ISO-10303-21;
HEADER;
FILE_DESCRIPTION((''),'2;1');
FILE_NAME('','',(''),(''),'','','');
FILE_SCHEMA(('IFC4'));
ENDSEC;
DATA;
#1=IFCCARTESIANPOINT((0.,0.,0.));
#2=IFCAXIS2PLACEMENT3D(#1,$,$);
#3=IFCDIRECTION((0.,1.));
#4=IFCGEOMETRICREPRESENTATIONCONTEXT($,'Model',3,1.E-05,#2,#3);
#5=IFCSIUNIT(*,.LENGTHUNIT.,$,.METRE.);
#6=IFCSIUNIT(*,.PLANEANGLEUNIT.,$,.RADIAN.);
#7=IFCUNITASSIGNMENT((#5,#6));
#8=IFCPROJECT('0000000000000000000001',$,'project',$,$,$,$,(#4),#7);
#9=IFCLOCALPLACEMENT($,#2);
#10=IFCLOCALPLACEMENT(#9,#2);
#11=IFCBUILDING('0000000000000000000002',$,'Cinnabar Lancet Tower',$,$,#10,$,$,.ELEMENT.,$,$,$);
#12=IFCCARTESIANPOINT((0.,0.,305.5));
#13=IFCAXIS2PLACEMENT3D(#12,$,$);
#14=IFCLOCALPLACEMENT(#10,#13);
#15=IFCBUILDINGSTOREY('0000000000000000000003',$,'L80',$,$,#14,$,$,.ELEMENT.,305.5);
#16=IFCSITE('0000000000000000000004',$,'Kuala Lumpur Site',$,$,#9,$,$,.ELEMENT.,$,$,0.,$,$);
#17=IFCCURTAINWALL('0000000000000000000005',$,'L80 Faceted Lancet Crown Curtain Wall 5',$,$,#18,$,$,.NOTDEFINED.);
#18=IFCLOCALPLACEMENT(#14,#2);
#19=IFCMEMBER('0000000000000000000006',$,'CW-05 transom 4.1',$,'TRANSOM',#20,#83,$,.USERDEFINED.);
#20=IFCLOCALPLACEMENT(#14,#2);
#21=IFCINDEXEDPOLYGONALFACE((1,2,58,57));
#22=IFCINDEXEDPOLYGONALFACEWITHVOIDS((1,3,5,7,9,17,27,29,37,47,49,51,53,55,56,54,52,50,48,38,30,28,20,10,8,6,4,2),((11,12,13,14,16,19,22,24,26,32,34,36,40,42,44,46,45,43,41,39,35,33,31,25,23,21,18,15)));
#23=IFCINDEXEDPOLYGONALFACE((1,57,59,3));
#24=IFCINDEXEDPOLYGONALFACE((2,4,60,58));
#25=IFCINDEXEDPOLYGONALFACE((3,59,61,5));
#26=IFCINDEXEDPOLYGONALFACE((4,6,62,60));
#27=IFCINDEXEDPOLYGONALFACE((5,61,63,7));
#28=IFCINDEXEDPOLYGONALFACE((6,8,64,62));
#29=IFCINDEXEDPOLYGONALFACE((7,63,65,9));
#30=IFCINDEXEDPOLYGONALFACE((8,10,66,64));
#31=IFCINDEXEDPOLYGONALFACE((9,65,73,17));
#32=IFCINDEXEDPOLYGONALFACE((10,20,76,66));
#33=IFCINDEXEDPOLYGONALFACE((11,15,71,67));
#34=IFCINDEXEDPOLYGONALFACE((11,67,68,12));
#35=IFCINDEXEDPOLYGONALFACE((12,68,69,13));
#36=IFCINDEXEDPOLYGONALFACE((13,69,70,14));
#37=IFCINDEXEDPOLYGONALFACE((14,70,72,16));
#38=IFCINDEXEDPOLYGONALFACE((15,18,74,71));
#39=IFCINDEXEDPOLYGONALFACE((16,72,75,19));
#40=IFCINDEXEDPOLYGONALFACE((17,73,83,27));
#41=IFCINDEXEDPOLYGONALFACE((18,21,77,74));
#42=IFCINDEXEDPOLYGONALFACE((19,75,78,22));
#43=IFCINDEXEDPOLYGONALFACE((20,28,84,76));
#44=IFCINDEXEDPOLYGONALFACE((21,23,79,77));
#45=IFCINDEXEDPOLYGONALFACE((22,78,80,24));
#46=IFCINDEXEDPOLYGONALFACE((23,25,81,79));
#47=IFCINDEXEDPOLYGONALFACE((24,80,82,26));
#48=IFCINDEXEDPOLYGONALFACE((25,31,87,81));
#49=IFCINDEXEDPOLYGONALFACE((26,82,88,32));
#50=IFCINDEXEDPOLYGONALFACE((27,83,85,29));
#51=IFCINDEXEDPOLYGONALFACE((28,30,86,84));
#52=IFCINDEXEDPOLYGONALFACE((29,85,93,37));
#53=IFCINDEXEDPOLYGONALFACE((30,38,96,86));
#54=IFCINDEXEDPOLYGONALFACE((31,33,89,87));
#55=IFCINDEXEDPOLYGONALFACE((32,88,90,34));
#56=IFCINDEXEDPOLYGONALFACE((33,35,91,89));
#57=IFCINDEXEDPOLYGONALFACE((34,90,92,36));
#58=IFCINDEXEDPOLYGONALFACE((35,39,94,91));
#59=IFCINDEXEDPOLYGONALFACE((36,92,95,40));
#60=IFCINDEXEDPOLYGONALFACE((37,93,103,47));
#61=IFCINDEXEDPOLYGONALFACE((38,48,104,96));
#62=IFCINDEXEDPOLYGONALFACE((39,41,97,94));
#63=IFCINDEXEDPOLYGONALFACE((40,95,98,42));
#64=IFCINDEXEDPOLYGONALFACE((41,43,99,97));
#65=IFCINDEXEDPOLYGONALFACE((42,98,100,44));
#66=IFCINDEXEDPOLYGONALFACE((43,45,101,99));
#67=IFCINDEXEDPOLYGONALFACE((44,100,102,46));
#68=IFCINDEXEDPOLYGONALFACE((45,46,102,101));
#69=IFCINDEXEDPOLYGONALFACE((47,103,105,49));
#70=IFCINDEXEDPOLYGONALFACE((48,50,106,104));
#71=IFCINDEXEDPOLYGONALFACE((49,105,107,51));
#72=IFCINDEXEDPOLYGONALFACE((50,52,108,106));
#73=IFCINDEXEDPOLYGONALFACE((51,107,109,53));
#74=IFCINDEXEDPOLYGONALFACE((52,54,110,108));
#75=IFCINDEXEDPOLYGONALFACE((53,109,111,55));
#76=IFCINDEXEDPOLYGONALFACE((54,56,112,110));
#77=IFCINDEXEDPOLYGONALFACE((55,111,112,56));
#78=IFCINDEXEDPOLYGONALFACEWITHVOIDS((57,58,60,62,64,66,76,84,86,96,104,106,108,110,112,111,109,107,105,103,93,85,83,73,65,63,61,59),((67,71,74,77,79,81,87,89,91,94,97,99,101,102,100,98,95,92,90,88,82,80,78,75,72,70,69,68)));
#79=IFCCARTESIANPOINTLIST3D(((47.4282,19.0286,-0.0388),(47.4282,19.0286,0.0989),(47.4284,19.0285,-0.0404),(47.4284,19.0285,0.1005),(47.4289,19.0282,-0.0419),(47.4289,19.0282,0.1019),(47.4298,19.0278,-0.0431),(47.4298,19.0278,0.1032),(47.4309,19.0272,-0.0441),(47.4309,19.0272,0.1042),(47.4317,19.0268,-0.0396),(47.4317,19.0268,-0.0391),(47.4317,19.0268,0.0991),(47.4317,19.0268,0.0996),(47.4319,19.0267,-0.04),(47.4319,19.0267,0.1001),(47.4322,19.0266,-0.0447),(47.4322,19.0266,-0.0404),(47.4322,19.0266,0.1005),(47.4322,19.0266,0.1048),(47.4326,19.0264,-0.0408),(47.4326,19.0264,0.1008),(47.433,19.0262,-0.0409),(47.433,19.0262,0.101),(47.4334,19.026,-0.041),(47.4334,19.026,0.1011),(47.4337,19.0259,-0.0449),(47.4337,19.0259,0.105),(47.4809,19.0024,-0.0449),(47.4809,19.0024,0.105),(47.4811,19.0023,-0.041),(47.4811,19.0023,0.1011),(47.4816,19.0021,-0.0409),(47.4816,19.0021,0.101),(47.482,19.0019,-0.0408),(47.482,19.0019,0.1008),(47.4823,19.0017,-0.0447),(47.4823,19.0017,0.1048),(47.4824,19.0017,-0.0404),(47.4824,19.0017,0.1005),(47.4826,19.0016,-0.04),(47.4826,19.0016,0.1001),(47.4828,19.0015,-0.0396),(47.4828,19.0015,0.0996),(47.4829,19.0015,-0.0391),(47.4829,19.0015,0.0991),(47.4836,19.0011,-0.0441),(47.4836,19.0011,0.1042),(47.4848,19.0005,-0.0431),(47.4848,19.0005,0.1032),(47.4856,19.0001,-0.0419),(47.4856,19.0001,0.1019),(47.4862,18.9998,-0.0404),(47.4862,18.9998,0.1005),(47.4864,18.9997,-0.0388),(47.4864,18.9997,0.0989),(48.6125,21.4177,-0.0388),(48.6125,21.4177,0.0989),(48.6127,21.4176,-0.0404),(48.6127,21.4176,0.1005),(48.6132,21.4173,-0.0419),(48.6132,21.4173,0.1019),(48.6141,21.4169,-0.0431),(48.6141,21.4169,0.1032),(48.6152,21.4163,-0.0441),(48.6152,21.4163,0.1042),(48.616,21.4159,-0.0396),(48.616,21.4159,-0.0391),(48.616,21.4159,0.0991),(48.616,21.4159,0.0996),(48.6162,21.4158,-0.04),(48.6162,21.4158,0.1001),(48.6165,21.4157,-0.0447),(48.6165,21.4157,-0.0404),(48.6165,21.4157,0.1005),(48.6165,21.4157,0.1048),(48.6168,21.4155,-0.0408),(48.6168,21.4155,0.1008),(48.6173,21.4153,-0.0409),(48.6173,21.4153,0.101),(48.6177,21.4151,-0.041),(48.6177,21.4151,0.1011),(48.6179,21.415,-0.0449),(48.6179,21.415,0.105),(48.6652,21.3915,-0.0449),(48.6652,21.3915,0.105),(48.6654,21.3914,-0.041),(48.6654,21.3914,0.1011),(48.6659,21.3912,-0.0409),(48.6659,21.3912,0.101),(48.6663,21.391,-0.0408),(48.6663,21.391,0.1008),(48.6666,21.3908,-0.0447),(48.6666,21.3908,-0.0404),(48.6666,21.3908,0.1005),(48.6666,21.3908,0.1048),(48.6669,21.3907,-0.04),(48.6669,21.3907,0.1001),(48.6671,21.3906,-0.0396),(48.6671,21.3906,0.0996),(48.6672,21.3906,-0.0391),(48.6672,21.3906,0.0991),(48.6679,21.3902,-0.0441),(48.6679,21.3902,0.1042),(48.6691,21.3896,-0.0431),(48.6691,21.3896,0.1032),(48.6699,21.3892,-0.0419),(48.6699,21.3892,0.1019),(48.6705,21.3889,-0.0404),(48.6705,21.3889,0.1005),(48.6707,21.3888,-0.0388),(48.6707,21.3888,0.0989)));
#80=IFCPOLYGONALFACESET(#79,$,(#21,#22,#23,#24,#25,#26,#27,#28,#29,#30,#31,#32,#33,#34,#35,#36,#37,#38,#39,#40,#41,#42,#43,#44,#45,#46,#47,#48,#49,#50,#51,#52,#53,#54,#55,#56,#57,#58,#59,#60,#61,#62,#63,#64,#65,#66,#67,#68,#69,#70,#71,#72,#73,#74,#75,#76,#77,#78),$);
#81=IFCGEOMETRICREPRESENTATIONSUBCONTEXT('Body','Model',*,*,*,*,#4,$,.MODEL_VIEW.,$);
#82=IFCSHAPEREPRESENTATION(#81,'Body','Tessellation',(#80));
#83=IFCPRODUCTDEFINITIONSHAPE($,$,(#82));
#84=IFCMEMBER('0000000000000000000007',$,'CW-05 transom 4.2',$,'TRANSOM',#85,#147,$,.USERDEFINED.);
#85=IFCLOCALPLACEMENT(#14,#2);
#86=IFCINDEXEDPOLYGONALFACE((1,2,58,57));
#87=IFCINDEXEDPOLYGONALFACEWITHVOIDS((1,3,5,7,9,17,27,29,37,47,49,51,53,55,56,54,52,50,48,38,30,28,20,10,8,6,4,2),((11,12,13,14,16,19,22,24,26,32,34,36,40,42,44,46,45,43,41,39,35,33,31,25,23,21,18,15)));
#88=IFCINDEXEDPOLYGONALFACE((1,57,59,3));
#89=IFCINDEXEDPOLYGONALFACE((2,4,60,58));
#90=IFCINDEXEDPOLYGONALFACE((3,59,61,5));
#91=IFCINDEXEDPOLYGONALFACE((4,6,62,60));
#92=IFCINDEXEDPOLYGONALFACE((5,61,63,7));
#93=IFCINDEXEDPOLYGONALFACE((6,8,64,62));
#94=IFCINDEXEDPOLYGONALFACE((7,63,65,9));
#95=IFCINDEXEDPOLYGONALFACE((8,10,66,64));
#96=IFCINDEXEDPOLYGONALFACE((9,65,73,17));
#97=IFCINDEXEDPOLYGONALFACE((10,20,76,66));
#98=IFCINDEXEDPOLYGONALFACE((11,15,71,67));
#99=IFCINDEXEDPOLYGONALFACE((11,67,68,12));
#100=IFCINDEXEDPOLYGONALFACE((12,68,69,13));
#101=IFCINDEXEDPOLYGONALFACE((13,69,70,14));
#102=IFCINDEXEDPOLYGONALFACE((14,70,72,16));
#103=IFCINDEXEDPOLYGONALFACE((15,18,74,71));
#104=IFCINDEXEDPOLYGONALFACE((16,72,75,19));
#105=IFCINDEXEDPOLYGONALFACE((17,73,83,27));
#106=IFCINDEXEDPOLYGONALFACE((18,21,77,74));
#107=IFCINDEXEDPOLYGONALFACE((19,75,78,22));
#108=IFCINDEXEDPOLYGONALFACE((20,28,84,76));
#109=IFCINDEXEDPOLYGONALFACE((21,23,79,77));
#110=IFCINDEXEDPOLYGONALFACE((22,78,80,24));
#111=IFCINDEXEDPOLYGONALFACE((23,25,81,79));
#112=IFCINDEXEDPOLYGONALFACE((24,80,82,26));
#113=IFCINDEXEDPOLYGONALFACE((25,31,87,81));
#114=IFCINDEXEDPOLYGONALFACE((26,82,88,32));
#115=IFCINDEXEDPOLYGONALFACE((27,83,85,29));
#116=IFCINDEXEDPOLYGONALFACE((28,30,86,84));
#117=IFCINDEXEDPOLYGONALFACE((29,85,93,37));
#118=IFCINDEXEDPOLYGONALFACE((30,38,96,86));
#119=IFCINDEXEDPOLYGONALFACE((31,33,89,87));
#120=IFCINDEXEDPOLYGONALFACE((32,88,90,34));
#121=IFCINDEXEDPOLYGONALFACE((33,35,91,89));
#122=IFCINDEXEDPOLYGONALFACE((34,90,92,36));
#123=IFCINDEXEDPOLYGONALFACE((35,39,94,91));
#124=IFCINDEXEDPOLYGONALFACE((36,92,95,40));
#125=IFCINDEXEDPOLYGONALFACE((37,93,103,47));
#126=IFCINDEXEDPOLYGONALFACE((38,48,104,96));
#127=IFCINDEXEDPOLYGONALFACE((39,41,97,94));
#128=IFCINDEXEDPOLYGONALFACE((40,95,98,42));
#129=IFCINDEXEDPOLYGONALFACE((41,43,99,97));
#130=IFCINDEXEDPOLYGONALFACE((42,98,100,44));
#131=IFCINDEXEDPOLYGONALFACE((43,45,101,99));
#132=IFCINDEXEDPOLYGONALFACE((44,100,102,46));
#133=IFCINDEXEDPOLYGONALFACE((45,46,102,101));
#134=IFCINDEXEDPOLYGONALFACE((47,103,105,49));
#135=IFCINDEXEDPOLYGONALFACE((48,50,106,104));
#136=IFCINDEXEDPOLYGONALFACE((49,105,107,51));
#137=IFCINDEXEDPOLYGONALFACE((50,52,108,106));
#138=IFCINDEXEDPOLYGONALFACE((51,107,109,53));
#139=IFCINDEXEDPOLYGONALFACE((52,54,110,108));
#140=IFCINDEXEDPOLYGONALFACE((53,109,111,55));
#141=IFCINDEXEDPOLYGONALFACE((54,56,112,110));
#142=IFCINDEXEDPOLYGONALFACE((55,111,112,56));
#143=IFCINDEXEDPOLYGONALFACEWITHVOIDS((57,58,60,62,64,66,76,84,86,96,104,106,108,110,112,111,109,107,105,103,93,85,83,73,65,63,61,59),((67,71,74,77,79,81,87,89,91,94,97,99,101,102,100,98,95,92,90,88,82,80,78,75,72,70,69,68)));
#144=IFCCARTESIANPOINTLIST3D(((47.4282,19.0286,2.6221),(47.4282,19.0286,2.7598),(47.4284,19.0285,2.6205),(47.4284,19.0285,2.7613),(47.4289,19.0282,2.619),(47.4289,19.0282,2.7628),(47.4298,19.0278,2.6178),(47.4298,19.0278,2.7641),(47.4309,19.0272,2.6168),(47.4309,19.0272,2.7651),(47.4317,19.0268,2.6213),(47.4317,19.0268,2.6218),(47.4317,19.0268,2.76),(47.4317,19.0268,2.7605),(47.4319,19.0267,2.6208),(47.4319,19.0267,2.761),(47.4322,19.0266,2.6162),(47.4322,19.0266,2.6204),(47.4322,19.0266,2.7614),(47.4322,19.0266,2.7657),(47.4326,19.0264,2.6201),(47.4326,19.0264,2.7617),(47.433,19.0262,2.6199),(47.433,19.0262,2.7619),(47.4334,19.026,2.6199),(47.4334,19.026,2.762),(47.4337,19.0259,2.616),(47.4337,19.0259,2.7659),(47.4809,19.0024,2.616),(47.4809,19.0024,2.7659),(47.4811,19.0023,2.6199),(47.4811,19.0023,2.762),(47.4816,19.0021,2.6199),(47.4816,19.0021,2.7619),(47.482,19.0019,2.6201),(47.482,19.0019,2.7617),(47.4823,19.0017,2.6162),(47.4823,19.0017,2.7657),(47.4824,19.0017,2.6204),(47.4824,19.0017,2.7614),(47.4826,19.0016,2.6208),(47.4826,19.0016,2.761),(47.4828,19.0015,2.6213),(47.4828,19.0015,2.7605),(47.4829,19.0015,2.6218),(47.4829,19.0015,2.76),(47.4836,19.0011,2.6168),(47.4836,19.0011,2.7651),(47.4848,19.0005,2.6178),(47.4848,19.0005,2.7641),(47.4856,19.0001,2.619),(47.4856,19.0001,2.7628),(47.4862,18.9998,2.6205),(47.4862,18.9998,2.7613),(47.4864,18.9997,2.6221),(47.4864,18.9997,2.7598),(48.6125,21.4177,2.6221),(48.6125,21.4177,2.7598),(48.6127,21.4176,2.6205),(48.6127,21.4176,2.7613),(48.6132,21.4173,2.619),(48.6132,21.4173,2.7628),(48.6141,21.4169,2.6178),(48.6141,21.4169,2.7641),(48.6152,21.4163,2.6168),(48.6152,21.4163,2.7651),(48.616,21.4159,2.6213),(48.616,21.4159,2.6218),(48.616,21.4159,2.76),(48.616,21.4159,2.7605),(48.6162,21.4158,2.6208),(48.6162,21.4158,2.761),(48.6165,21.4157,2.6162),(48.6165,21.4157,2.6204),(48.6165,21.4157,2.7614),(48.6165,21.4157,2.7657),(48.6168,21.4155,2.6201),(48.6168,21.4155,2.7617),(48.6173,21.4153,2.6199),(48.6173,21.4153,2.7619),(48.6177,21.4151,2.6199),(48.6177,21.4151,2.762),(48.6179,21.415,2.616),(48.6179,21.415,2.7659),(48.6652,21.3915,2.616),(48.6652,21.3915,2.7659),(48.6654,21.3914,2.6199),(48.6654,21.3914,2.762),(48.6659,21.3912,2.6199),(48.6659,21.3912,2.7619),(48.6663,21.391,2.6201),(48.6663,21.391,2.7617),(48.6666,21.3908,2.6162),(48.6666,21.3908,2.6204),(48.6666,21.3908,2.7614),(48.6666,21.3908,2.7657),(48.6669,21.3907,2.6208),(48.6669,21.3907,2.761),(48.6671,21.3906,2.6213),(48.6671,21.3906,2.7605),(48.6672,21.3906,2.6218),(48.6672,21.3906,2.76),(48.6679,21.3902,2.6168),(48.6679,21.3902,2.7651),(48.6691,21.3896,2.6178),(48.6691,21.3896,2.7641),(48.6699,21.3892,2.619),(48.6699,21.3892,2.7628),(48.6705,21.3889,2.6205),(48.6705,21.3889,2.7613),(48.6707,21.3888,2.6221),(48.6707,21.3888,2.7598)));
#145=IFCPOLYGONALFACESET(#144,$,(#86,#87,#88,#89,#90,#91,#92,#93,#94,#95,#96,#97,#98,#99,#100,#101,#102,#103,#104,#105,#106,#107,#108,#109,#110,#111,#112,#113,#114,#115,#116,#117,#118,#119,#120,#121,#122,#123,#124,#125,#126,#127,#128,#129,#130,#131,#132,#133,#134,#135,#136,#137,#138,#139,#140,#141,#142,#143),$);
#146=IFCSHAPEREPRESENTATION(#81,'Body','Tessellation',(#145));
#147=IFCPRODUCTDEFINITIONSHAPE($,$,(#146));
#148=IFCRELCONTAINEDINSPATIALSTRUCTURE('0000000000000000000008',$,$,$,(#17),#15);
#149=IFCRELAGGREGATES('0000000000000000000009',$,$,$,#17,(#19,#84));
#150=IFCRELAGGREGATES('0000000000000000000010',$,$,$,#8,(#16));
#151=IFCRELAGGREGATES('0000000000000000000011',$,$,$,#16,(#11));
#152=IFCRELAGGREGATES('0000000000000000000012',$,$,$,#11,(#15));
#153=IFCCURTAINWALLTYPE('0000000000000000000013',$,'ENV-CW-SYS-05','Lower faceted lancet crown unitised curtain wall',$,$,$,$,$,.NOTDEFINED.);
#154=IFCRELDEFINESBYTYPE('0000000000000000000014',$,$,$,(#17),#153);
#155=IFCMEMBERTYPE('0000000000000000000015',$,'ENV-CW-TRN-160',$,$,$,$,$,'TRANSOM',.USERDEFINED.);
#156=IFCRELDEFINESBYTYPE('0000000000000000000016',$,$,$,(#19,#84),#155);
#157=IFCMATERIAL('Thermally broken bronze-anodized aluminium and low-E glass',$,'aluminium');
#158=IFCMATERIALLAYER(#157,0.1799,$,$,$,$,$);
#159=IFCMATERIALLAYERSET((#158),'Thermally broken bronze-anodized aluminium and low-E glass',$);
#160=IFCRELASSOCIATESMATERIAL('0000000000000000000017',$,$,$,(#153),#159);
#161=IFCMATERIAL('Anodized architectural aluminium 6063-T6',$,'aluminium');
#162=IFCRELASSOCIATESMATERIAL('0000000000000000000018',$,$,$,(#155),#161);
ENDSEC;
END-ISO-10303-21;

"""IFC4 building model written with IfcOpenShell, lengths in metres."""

from ifc_helpers import new_model, si_unit, direction, frame, origin, origin_2d, place, context, subcontext, project, spatial, hollow_rectangle, extrude, material, layer, layer_set, material_profile, profile_set, type_object, element, aggregate, save


model = new_model("IFC4")

# Units and contexts
model_context = context("Model", 3, precision=1e-05, world=origin(), true_north=direction((0.0, 1.0)))
body_context = subcontext(model_context, "Body", "Model", "MODEL_VIEW")
ifc_project = project(units=[si_unit("LENGTHUNIT", "METRE"), si_unit("PLANEANGLEUNIT", "RADIAN")], contexts=[model_context])

# Site, building, storey
site_placement = place(None, origin())
site = spatial("IfcSite", under=ifc_project, at=site_placement, Name="Kuala Lumpur Site", CompositionType="ELEMENT", RefElevation=0.0)
building_placement = place(site_placement, origin())
building = spatial("IfcBuilding", under=site, at=building_placement, Name="Cinnabar Lancet Tower", CompositionType="ELEMENT")
storey_placement = place(building_placement, frame((0.0, 0.0, 305.5)))
storey = spatial("IfcBuildingStorey", under=building, at=storey_placement, Name="L80", CompositionType="ELEMENT", Elevation=305.5)

# Curtain wall, members
ifc_material_1 = material(Name="Thermally broken bronze-anodized aluminium and low-E glass", Category="aluminium")
ifc_layer_1 = layer(ifc_material_1, 0.1799)
ifc_layer_set_1 = layer_set([ifc_layer_1], Name="Thermally broken bronze-anodized aluminium and low-E glass")
curtain_wall_type = type_object("IfcCurtainWallType", Name="ENV-CW-SYS-05", Description="Lower faceted lancet crown unitised curtain wall", PredefinedType="NOTDEFINED", material=ifc_layer_set_1)
curtain_wall_placement = place(storey_placement, origin())
curtain_wall = element("IfcCurtainWall", 1, at=curtain_wall_placement, inside=storey, type_object=curtain_wall_type, Name="L80 Faceted Lancet Crown Curtain Wall 5", PredefinedType="NOTDEFINED")
ifc_material_2 = material(Name="Anodized architectural aluminium 6063-T6", Category="aluminium")
ifc_material_profile_1 = material_profile(ifc_material_2, hollow_rectangle(XDim=0.0649, YDim=0.1499, WallThickness=0.0039, InnerFilletRadius=0.002, OuterFilletRadius=0.0061, at=origin_2d()), Name="CW-TRN 150x65x4")
ifc_profile_set_1 = profile_set([ifc_material_profile_1], Name="Anodized architectural aluminium 6063-T6")
member_type_1 = type_object("IfcMemberType", Name="ENV-CW-TRN-160", ElementType="TRANSOM", PredefinedType="USERDEFINED", material=ifc_profile_set_1)
member_1_placement = place(storey_placement, frame((47.4573, 19.0142, 0.03), z_axis=(0.444135, 0.89596, 0.0), x_axis=(-0.89596, 0.444135, 0.0)))
member_1 = element("IfcMember", 2, at=member_1_placement, type_object=member_type_1, Name="CW-05 transom 4.1", ObjectType="TRANSOM", PredefinedType="USERDEFINED", context=body_context, shape_type="SweptSolid", body=[
    extrude(hollow_rectangle(XDim=0.0649, YDim=0.1499, WallThickness=0.0039, InnerFilletRadius=0.002, OuterFilletRadius=0.0061, at=origin_2d()), origin(), (0.0, 0.0, 1.0), 2.6665),
])
member_2_placement = place(storey_placement, frame((47.4573, 19.0142, 2.6909), z_axis=(0.444135, 0.89596, 0.0), x_axis=(-0.89596, 0.444135, 0.0)))
member_2 = element("IfcMember", 3, at=member_2_placement, type_object=member_type_1, Name="CW-05 transom 4.2", ObjectType="TRANSOM", PredefinedType="USERDEFINED", context=body_context, shape_type="SweptSolid", body=[
    extrude(hollow_rectangle(XDim=0.0649, YDim=0.1499, WallThickness=0.0039, InnerFilletRadius=0.002, OuterFilletRadius=0.0061, at=origin_2d()), origin(), (0.0, 0.0, 1.0), 2.6665),
])
aggregate(curtain_wall, [member_1, member_2])

save(model, "model.ifc")
